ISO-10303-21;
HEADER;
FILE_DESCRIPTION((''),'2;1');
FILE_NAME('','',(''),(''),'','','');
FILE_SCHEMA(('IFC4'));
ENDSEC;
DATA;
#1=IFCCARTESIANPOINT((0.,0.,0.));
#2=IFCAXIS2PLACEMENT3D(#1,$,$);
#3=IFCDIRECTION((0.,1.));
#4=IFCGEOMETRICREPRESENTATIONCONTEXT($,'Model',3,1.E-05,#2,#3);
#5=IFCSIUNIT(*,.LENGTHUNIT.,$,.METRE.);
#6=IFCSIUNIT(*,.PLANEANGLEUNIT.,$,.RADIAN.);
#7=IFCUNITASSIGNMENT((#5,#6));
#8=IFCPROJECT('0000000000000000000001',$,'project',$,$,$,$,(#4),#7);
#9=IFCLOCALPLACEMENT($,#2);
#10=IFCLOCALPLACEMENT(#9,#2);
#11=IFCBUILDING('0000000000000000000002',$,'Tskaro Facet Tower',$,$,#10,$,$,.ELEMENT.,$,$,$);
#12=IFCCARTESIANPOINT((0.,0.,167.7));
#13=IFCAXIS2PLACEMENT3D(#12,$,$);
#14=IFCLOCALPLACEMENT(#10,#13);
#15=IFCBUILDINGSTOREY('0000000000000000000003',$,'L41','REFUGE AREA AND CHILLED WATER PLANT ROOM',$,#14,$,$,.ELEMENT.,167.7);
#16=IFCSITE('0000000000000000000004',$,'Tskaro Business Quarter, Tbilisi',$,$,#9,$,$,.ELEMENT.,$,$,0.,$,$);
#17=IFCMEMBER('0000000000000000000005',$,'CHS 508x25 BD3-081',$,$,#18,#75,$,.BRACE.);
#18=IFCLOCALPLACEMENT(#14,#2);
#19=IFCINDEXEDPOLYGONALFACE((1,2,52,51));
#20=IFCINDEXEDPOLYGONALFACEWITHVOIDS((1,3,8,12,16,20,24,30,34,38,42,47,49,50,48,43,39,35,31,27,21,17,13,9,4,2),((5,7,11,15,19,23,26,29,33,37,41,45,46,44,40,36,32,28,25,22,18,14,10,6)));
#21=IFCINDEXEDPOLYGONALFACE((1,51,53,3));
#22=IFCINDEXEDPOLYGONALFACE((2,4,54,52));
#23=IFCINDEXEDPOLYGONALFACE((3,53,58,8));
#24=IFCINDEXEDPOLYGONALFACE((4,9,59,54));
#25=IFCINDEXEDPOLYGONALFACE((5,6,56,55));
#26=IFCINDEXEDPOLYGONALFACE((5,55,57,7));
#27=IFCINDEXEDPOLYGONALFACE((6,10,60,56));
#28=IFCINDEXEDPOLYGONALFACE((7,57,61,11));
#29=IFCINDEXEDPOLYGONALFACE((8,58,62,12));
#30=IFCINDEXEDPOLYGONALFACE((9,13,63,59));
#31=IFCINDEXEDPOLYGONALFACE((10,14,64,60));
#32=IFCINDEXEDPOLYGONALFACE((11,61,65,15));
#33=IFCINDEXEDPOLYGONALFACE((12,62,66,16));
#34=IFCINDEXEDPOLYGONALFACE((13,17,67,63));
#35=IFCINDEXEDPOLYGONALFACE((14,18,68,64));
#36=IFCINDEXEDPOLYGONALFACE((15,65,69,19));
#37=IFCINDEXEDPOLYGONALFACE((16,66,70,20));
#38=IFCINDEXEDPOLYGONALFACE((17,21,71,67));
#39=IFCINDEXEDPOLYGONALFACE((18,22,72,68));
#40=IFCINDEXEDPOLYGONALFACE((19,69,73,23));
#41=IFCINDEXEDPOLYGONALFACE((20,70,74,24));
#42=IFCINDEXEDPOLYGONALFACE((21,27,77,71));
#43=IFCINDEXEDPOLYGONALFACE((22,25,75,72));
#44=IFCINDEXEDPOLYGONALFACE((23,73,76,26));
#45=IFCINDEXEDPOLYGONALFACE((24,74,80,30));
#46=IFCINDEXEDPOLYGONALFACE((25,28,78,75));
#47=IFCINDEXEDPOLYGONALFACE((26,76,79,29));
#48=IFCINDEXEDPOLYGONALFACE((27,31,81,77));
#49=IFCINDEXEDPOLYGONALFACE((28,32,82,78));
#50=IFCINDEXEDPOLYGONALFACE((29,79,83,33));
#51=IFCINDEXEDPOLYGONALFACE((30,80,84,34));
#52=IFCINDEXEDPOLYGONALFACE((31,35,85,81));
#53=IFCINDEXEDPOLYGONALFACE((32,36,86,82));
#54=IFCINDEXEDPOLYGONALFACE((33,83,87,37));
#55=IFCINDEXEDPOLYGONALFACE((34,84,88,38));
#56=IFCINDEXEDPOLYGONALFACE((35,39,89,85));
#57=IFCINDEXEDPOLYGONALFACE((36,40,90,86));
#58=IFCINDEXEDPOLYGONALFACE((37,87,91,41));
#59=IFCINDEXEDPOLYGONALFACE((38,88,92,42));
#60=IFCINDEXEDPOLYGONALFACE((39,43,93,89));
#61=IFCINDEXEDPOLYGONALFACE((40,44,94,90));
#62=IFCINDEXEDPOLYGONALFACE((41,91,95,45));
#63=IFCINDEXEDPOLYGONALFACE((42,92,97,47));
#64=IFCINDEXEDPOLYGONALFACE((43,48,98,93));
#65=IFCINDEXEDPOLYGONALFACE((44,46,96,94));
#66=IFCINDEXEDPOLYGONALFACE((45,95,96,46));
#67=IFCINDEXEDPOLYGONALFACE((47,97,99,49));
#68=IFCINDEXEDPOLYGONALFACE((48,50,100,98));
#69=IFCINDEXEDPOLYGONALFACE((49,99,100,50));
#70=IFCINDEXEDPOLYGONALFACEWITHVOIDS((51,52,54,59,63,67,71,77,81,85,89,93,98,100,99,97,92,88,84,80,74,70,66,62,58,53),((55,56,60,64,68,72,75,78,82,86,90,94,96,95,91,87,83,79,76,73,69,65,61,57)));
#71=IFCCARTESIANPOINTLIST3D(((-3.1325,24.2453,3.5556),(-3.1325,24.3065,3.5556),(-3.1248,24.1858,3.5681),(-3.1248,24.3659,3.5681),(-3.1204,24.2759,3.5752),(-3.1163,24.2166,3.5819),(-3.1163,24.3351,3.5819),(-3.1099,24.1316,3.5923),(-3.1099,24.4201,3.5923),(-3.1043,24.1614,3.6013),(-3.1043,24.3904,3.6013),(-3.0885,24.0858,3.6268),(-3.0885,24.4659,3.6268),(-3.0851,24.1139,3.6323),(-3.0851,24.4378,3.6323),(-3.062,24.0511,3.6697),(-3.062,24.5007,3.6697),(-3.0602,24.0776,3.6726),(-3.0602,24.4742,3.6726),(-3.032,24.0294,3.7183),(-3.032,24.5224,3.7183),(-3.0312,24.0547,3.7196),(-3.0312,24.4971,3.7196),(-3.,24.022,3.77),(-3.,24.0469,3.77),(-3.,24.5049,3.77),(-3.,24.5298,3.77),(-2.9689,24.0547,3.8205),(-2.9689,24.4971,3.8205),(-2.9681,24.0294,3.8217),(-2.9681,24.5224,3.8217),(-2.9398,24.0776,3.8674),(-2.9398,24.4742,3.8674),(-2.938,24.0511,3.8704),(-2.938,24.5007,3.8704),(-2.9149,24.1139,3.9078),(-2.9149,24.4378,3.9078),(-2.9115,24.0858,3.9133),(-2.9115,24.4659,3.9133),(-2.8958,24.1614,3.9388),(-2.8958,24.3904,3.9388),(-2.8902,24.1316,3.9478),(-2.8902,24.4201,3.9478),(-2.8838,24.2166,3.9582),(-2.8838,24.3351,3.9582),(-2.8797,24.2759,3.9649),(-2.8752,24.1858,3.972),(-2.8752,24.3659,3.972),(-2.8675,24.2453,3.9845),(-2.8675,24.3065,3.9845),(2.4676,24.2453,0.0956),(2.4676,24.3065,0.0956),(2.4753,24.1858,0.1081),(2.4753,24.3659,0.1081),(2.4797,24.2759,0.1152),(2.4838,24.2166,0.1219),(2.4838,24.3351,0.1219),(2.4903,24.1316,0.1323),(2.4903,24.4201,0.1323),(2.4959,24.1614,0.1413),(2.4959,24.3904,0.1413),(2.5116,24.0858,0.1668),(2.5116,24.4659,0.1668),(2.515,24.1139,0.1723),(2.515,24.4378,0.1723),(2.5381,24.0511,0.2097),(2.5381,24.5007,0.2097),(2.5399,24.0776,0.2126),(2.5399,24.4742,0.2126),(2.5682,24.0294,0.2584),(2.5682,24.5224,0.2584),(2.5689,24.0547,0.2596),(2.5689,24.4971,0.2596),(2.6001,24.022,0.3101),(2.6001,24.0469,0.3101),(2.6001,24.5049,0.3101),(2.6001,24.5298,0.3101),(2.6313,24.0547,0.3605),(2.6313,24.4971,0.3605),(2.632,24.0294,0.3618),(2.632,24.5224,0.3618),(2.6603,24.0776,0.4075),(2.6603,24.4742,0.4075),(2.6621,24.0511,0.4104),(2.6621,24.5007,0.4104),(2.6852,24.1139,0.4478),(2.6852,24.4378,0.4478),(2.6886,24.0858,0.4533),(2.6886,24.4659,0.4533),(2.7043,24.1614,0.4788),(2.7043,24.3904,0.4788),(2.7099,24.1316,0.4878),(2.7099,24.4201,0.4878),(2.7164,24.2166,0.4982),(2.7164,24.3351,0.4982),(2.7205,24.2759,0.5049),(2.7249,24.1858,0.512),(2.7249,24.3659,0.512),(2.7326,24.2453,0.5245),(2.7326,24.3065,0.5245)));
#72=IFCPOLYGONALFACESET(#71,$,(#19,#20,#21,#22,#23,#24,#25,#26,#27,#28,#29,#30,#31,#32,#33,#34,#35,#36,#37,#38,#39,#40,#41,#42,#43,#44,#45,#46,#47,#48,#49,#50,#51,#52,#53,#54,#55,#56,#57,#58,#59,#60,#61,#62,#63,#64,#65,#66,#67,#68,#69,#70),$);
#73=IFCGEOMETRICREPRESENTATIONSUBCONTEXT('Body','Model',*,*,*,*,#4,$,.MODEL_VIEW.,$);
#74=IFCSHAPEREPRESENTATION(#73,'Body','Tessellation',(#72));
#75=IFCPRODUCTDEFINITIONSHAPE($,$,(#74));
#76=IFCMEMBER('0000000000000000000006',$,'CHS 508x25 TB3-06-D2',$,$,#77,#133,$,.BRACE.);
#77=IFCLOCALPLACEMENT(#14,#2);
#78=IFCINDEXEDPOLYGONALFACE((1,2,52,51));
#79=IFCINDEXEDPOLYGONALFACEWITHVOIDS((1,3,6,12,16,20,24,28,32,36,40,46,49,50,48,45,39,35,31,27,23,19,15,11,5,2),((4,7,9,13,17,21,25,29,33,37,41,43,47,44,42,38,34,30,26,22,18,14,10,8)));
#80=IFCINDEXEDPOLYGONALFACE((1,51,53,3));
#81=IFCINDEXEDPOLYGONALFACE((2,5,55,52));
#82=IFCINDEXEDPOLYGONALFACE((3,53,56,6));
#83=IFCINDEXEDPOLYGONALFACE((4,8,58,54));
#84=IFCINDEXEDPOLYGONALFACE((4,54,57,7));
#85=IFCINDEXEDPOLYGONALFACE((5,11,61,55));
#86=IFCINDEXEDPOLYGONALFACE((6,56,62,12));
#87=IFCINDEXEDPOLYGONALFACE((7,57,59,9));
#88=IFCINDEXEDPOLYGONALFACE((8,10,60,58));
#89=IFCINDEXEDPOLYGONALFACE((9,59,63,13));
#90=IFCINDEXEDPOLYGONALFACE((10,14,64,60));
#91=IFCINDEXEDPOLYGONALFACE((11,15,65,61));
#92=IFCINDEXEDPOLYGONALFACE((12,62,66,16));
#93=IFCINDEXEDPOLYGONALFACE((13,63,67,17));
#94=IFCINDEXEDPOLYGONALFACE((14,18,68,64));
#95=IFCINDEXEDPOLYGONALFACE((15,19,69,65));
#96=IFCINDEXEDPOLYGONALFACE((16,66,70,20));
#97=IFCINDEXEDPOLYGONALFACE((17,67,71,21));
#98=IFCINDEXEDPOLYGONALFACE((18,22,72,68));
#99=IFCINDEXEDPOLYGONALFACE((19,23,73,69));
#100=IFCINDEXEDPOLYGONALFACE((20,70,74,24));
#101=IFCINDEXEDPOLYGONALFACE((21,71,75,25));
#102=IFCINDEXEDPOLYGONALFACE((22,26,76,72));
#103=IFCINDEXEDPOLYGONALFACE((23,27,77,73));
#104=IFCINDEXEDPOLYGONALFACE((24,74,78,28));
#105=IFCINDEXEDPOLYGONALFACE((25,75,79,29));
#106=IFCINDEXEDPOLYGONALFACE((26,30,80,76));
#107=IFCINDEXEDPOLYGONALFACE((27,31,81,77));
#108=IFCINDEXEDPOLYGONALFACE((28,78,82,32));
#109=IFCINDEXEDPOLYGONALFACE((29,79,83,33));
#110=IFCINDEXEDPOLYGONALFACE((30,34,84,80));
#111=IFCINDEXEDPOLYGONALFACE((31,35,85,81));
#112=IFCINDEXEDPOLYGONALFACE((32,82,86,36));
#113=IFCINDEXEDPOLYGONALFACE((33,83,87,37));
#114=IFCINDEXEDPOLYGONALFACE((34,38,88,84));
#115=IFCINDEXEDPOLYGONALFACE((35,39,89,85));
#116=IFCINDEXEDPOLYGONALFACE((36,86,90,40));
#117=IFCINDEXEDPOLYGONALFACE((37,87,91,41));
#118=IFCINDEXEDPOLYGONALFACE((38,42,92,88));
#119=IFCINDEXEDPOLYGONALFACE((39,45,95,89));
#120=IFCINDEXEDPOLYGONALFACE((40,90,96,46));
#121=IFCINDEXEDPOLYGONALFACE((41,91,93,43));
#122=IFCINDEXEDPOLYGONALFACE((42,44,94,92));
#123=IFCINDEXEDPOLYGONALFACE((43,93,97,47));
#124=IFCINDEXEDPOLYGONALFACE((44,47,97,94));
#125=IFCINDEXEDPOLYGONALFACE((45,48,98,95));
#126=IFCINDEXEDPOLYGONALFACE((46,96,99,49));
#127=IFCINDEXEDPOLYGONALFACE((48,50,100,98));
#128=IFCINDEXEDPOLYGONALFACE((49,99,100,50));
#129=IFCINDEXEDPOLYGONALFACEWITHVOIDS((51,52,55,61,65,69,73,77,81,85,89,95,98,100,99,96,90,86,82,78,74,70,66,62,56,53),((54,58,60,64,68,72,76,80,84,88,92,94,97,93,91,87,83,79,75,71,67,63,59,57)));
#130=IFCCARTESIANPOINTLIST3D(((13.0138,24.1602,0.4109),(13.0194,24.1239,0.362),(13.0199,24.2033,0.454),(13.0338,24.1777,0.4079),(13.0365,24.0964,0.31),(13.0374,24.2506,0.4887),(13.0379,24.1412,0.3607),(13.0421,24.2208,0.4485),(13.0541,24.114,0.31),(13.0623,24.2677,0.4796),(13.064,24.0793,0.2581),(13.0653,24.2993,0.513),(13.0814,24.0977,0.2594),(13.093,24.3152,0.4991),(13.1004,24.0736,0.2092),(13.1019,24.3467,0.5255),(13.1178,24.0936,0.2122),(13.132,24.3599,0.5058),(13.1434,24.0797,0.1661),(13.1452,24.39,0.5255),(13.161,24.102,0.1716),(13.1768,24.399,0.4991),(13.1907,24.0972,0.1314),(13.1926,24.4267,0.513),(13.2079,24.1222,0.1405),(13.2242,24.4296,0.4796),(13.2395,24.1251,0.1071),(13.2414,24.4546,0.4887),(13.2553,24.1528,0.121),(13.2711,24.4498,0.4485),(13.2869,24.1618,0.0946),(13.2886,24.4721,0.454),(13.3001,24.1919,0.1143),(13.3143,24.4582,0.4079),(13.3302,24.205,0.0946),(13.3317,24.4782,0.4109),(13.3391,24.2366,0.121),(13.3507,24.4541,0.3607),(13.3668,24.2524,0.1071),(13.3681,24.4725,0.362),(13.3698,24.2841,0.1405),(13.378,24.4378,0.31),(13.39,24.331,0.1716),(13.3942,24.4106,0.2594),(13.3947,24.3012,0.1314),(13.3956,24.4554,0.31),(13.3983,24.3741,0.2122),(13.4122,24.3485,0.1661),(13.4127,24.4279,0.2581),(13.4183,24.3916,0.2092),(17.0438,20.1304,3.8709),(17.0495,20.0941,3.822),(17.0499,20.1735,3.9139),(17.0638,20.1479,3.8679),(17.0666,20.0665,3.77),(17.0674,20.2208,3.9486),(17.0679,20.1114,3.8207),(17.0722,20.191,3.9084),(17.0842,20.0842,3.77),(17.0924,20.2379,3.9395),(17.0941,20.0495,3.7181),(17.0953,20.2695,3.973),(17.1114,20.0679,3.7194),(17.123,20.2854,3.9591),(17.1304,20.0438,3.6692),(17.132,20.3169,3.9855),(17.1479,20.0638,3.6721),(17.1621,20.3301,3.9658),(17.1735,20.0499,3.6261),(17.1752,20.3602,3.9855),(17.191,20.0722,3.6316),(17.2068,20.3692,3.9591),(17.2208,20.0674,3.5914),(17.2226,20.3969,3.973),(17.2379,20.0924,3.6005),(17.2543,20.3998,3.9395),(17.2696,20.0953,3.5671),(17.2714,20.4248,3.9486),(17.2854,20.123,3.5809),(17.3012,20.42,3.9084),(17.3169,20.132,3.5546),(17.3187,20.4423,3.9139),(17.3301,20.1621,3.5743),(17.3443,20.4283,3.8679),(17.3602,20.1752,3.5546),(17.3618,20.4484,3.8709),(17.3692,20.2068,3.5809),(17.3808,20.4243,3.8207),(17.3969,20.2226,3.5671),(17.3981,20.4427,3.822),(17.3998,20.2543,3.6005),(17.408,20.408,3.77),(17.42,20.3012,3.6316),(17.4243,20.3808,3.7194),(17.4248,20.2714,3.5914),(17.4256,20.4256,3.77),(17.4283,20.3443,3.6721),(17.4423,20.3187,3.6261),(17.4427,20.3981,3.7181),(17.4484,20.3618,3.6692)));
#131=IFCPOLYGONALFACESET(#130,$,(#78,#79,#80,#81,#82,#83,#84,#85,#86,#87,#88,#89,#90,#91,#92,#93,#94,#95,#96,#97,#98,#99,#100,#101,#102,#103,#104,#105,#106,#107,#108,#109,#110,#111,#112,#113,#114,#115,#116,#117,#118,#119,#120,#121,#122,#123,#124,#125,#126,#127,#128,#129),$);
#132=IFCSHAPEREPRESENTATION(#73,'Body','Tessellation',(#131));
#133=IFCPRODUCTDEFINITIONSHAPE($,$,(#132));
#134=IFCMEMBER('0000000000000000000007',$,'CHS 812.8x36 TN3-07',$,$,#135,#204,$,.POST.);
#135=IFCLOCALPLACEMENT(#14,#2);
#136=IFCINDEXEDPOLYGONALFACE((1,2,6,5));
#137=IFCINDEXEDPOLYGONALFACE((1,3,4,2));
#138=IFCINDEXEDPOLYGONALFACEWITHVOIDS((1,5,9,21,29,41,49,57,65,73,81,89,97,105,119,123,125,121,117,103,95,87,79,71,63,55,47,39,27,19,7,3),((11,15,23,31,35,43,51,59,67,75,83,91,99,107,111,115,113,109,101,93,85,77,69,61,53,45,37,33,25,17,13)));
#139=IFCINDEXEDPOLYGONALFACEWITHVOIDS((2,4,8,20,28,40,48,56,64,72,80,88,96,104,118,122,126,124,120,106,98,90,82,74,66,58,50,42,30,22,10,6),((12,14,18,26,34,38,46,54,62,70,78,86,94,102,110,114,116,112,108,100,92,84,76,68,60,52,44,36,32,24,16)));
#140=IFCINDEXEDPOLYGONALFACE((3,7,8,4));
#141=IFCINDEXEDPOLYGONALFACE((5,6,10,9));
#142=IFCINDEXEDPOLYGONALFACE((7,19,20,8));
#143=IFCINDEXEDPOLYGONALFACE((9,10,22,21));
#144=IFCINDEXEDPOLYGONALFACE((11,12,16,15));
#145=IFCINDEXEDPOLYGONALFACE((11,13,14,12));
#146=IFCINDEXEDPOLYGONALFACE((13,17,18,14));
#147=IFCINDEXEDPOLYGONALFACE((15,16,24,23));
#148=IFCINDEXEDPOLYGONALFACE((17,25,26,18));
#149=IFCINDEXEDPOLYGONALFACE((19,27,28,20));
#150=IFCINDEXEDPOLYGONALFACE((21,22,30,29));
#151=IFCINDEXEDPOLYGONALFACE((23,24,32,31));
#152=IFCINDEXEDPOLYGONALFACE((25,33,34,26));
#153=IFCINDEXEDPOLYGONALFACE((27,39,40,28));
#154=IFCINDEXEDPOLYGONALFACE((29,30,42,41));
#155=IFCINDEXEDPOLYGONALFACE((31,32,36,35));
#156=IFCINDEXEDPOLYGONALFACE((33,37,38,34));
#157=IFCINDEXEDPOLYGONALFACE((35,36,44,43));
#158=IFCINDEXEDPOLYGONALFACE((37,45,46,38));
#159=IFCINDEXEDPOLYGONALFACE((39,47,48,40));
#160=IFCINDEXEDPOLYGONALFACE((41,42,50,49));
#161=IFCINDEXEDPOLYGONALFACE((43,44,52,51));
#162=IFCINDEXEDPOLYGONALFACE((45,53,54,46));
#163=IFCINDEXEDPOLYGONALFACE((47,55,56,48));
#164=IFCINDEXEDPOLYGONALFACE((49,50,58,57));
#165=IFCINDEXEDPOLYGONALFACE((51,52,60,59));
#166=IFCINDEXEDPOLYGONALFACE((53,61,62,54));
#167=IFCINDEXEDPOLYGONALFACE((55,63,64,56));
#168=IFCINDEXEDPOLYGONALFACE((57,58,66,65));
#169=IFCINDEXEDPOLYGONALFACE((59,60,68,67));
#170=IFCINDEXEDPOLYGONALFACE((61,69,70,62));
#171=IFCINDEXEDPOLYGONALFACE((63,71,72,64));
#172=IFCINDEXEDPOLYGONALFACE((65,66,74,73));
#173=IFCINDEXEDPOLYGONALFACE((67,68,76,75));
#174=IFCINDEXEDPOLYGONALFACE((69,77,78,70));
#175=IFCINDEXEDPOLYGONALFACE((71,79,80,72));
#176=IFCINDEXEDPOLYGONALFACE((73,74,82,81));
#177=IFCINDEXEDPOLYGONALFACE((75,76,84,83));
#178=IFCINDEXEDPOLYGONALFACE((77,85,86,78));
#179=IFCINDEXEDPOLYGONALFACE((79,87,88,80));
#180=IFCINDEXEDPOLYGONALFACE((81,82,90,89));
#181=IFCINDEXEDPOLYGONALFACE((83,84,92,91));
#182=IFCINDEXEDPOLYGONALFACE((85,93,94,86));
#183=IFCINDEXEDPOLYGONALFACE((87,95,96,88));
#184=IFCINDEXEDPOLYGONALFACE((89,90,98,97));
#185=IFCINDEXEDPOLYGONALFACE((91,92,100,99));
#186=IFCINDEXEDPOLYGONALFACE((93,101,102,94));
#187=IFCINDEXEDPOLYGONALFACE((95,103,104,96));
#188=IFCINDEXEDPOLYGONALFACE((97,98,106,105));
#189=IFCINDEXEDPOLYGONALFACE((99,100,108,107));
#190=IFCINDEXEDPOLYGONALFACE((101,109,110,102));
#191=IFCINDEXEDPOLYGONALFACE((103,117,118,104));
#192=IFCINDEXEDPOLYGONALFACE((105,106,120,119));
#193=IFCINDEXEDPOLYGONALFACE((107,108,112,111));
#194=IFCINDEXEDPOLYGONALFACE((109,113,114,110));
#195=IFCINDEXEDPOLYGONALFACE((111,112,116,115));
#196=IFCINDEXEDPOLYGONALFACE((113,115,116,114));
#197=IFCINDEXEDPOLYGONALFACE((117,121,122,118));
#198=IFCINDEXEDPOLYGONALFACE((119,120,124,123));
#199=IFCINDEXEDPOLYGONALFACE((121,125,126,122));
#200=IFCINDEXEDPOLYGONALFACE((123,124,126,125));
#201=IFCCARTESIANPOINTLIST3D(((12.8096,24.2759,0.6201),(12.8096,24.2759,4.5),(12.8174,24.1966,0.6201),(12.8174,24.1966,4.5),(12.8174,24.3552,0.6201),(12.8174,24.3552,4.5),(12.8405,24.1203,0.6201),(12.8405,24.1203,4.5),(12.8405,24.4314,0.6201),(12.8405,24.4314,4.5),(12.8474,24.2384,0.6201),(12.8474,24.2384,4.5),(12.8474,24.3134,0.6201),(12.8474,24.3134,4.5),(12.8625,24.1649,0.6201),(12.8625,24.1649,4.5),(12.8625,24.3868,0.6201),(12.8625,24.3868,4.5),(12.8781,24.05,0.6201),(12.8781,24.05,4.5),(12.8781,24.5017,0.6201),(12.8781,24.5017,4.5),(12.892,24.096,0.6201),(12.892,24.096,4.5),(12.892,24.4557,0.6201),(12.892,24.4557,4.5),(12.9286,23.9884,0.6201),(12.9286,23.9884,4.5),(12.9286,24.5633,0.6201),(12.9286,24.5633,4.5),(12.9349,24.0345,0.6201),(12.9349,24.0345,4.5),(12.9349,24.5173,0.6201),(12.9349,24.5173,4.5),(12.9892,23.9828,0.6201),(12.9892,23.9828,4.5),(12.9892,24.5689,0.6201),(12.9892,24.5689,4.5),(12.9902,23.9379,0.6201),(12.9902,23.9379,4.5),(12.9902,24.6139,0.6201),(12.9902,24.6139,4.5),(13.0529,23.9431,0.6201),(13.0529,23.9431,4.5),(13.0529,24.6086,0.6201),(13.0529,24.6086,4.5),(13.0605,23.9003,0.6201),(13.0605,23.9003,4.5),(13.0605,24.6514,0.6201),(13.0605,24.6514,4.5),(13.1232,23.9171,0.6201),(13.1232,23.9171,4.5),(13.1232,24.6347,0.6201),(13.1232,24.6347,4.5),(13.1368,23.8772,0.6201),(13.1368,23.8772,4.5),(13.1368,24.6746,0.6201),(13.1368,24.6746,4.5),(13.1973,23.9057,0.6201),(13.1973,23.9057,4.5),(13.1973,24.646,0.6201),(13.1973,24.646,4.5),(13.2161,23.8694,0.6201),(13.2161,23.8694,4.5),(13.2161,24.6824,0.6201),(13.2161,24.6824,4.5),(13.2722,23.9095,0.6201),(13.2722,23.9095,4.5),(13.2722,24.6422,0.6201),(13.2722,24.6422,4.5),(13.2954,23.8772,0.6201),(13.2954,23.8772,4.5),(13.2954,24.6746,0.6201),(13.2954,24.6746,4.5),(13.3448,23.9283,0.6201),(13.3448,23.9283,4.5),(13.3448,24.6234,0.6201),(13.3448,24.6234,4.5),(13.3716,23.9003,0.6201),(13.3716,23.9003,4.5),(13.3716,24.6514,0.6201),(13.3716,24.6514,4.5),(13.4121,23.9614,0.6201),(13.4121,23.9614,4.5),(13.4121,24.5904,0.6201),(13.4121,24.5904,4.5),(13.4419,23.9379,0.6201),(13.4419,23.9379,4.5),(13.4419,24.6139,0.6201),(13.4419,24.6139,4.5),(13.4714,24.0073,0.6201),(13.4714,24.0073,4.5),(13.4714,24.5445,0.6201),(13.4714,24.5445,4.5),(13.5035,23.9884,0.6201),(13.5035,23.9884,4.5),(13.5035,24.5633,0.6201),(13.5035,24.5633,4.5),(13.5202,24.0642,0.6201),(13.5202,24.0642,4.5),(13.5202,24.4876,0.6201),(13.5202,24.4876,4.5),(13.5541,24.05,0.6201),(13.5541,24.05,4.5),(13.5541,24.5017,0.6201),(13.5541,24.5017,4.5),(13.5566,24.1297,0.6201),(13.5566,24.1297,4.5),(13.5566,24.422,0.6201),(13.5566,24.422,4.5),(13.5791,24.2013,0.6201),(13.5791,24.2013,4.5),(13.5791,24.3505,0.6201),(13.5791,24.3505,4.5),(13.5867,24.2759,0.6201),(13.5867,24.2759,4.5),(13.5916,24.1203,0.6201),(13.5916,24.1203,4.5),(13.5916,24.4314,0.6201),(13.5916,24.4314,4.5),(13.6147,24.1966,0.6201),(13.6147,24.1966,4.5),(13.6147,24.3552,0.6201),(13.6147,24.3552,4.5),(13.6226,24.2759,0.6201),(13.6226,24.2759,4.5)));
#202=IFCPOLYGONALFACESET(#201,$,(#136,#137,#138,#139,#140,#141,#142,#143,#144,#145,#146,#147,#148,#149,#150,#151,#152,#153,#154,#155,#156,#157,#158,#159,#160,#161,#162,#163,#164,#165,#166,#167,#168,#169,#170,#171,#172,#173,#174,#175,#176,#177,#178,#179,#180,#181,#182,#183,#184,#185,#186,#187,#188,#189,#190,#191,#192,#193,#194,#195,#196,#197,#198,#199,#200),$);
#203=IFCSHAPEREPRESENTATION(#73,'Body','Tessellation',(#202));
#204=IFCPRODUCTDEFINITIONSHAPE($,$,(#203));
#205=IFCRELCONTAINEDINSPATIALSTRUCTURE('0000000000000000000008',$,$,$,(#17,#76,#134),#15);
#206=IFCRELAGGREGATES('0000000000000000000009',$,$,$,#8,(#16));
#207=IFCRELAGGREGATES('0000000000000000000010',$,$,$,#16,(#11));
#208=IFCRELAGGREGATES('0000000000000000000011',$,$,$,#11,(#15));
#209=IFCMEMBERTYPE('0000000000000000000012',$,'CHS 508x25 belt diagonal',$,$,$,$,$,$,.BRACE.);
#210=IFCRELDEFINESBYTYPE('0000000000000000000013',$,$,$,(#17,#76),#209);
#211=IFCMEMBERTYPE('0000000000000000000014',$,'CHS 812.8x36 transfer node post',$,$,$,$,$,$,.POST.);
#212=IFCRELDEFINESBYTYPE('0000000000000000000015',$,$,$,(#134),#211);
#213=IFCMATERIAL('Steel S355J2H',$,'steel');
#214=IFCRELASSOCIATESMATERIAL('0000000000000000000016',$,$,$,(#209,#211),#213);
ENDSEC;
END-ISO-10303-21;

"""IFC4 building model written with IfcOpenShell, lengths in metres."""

from ifc_helpers import new_model, si_unit, direction, frame, origin, origin_2d, place, context, subcontext, project, spatial, hollow_circle, extrude, material, material_profile, profile_set, type_object, element, save


model = new_model("IFC4")

# Units and contexts
model_context = context("Model", 3, precision=1e-05, world=origin(), true_north=direction((0.0, 1.0)))
body_context = subcontext(model_context, "Body", "Model", "MODEL_VIEW")
ifc_project = project(units=[si_unit("LENGTHUNIT", "METRE"), si_unit("PLANEANGLEUNIT", "RADIAN")], contexts=[model_context])

# Site, building, storey
site_placement = place(None, origin())
site = spatial("IfcSite", under=ifc_project, at=site_placement, Name="Tskaro Business Quarter, Tbilisi", CompositionType="ELEMENT", RefElevation=0.0)
building_placement = place(site_placement, origin())
building = spatial("IfcBuilding", under=site, at=building_placement, Name="Tskaro Facet Tower", CompositionType="ELEMENT")
storey_placement = place(building_placement, frame((0.0, 0.0, 167.7)))
storey = spatial("IfcBuildingStorey", under=building, at=storey_placement, Name="L41", Description="REFUGE AREA AND CHILLED WATER PLANT ROOM", CompositionType="ELEMENT", Elevation=167.7)

# Shared definitions
ifc_material_1 = material(Name="Steel S355J2H", Category="steel")

# Members
ifc_material_profile_1 = material_profile(ifc_material_1, hollow_circle(Radius=0.2539, WallThickness=0.0249, at=origin_2d()), Name="CHS 508x25")
ifc_profile_set_1 = profile_set([ifc_material_profile_1], Name="Steel S355J2H")
member_type_1 = type_object("IfcMemberType", Name="CHS 508x25 belt diagonal", PredefinedType="BRACE", material=ifc_profile_set_1)
member_1_placement = place(storey_placement, frame((2.6001, 24.2759, 0.3101), z_axis=(-0.850725, 0.0, 0.525611), x_axis=(0.0, -1.0, 0.0)))
element("IfcMember", 1, at=member_1_placement, inside=storey, type_object=member_type_1, Name="CHS 508x25 BD3-081", PredefinedType="BRACE", context=body_context, shape_type="SweptSolid", body=[
    extrude(hollow_circle(Radius=0.2539, WallThickness=0.0249, at=origin_2d()), origin(), (0.0, 0.0, 1.0), 6.5828),
])
member_2_placement = place(storey_placement, frame((17.2461, 20.2461, 3.77), z_axis=(-0.604456, 0.604419, -0.518952), x_axis=(-0.707085, -0.707128, 0.0)))
element("IfcMember", 2, at=member_2_placement, inside=storey, type_object=member_type_1, Name="CHS 508x25 TB3-06-D2", PredefinedType="BRACE", context=body_context, shape_type="SweptSolid", body=[
    extrude(hollow_circle(Radius=0.2539, WallThickness=0.0249, at=origin_2d()), origin(), (0.0, 0.0, 1.0), 6.6672),
])
ifc_material_profile_2 = material_profile(ifc_material_1, hollow_circle(Radius=0.4065, WallThickness=0.0359, at=origin_2d()), Name="CHS 812.8x36")
ifc_profile_set_2 = profile_set([ifc_material_profile_2], Name="Steel S355J2H")
member_type_2 = type_object("IfcMemberType", Name="CHS 812.8x36 transfer node post", PredefinedType="POST", material=ifc_profile_set_2)
member_3_placement = place(storey_placement, frame((13.2161, 24.2759, 0.6201), z_axis=(0.0, 0.0, 1.0), x_axis=(1.0, 0.0, 0.0)))
element("IfcMember", 3, at=member_3_placement, inside=storey, type_object=member_type_2, Name="CHS 812.8x36 TN3-07", PredefinedType="POST", context=body_context, shape_type="SweptSolid", body=[
    extrude(hollow_circle(Radius=0.4065, WallThickness=0.0359, at=origin_2d()), origin(), (0.0, 0.0, 1.0), 3.8799),
])

save(model, "model.ifc")
